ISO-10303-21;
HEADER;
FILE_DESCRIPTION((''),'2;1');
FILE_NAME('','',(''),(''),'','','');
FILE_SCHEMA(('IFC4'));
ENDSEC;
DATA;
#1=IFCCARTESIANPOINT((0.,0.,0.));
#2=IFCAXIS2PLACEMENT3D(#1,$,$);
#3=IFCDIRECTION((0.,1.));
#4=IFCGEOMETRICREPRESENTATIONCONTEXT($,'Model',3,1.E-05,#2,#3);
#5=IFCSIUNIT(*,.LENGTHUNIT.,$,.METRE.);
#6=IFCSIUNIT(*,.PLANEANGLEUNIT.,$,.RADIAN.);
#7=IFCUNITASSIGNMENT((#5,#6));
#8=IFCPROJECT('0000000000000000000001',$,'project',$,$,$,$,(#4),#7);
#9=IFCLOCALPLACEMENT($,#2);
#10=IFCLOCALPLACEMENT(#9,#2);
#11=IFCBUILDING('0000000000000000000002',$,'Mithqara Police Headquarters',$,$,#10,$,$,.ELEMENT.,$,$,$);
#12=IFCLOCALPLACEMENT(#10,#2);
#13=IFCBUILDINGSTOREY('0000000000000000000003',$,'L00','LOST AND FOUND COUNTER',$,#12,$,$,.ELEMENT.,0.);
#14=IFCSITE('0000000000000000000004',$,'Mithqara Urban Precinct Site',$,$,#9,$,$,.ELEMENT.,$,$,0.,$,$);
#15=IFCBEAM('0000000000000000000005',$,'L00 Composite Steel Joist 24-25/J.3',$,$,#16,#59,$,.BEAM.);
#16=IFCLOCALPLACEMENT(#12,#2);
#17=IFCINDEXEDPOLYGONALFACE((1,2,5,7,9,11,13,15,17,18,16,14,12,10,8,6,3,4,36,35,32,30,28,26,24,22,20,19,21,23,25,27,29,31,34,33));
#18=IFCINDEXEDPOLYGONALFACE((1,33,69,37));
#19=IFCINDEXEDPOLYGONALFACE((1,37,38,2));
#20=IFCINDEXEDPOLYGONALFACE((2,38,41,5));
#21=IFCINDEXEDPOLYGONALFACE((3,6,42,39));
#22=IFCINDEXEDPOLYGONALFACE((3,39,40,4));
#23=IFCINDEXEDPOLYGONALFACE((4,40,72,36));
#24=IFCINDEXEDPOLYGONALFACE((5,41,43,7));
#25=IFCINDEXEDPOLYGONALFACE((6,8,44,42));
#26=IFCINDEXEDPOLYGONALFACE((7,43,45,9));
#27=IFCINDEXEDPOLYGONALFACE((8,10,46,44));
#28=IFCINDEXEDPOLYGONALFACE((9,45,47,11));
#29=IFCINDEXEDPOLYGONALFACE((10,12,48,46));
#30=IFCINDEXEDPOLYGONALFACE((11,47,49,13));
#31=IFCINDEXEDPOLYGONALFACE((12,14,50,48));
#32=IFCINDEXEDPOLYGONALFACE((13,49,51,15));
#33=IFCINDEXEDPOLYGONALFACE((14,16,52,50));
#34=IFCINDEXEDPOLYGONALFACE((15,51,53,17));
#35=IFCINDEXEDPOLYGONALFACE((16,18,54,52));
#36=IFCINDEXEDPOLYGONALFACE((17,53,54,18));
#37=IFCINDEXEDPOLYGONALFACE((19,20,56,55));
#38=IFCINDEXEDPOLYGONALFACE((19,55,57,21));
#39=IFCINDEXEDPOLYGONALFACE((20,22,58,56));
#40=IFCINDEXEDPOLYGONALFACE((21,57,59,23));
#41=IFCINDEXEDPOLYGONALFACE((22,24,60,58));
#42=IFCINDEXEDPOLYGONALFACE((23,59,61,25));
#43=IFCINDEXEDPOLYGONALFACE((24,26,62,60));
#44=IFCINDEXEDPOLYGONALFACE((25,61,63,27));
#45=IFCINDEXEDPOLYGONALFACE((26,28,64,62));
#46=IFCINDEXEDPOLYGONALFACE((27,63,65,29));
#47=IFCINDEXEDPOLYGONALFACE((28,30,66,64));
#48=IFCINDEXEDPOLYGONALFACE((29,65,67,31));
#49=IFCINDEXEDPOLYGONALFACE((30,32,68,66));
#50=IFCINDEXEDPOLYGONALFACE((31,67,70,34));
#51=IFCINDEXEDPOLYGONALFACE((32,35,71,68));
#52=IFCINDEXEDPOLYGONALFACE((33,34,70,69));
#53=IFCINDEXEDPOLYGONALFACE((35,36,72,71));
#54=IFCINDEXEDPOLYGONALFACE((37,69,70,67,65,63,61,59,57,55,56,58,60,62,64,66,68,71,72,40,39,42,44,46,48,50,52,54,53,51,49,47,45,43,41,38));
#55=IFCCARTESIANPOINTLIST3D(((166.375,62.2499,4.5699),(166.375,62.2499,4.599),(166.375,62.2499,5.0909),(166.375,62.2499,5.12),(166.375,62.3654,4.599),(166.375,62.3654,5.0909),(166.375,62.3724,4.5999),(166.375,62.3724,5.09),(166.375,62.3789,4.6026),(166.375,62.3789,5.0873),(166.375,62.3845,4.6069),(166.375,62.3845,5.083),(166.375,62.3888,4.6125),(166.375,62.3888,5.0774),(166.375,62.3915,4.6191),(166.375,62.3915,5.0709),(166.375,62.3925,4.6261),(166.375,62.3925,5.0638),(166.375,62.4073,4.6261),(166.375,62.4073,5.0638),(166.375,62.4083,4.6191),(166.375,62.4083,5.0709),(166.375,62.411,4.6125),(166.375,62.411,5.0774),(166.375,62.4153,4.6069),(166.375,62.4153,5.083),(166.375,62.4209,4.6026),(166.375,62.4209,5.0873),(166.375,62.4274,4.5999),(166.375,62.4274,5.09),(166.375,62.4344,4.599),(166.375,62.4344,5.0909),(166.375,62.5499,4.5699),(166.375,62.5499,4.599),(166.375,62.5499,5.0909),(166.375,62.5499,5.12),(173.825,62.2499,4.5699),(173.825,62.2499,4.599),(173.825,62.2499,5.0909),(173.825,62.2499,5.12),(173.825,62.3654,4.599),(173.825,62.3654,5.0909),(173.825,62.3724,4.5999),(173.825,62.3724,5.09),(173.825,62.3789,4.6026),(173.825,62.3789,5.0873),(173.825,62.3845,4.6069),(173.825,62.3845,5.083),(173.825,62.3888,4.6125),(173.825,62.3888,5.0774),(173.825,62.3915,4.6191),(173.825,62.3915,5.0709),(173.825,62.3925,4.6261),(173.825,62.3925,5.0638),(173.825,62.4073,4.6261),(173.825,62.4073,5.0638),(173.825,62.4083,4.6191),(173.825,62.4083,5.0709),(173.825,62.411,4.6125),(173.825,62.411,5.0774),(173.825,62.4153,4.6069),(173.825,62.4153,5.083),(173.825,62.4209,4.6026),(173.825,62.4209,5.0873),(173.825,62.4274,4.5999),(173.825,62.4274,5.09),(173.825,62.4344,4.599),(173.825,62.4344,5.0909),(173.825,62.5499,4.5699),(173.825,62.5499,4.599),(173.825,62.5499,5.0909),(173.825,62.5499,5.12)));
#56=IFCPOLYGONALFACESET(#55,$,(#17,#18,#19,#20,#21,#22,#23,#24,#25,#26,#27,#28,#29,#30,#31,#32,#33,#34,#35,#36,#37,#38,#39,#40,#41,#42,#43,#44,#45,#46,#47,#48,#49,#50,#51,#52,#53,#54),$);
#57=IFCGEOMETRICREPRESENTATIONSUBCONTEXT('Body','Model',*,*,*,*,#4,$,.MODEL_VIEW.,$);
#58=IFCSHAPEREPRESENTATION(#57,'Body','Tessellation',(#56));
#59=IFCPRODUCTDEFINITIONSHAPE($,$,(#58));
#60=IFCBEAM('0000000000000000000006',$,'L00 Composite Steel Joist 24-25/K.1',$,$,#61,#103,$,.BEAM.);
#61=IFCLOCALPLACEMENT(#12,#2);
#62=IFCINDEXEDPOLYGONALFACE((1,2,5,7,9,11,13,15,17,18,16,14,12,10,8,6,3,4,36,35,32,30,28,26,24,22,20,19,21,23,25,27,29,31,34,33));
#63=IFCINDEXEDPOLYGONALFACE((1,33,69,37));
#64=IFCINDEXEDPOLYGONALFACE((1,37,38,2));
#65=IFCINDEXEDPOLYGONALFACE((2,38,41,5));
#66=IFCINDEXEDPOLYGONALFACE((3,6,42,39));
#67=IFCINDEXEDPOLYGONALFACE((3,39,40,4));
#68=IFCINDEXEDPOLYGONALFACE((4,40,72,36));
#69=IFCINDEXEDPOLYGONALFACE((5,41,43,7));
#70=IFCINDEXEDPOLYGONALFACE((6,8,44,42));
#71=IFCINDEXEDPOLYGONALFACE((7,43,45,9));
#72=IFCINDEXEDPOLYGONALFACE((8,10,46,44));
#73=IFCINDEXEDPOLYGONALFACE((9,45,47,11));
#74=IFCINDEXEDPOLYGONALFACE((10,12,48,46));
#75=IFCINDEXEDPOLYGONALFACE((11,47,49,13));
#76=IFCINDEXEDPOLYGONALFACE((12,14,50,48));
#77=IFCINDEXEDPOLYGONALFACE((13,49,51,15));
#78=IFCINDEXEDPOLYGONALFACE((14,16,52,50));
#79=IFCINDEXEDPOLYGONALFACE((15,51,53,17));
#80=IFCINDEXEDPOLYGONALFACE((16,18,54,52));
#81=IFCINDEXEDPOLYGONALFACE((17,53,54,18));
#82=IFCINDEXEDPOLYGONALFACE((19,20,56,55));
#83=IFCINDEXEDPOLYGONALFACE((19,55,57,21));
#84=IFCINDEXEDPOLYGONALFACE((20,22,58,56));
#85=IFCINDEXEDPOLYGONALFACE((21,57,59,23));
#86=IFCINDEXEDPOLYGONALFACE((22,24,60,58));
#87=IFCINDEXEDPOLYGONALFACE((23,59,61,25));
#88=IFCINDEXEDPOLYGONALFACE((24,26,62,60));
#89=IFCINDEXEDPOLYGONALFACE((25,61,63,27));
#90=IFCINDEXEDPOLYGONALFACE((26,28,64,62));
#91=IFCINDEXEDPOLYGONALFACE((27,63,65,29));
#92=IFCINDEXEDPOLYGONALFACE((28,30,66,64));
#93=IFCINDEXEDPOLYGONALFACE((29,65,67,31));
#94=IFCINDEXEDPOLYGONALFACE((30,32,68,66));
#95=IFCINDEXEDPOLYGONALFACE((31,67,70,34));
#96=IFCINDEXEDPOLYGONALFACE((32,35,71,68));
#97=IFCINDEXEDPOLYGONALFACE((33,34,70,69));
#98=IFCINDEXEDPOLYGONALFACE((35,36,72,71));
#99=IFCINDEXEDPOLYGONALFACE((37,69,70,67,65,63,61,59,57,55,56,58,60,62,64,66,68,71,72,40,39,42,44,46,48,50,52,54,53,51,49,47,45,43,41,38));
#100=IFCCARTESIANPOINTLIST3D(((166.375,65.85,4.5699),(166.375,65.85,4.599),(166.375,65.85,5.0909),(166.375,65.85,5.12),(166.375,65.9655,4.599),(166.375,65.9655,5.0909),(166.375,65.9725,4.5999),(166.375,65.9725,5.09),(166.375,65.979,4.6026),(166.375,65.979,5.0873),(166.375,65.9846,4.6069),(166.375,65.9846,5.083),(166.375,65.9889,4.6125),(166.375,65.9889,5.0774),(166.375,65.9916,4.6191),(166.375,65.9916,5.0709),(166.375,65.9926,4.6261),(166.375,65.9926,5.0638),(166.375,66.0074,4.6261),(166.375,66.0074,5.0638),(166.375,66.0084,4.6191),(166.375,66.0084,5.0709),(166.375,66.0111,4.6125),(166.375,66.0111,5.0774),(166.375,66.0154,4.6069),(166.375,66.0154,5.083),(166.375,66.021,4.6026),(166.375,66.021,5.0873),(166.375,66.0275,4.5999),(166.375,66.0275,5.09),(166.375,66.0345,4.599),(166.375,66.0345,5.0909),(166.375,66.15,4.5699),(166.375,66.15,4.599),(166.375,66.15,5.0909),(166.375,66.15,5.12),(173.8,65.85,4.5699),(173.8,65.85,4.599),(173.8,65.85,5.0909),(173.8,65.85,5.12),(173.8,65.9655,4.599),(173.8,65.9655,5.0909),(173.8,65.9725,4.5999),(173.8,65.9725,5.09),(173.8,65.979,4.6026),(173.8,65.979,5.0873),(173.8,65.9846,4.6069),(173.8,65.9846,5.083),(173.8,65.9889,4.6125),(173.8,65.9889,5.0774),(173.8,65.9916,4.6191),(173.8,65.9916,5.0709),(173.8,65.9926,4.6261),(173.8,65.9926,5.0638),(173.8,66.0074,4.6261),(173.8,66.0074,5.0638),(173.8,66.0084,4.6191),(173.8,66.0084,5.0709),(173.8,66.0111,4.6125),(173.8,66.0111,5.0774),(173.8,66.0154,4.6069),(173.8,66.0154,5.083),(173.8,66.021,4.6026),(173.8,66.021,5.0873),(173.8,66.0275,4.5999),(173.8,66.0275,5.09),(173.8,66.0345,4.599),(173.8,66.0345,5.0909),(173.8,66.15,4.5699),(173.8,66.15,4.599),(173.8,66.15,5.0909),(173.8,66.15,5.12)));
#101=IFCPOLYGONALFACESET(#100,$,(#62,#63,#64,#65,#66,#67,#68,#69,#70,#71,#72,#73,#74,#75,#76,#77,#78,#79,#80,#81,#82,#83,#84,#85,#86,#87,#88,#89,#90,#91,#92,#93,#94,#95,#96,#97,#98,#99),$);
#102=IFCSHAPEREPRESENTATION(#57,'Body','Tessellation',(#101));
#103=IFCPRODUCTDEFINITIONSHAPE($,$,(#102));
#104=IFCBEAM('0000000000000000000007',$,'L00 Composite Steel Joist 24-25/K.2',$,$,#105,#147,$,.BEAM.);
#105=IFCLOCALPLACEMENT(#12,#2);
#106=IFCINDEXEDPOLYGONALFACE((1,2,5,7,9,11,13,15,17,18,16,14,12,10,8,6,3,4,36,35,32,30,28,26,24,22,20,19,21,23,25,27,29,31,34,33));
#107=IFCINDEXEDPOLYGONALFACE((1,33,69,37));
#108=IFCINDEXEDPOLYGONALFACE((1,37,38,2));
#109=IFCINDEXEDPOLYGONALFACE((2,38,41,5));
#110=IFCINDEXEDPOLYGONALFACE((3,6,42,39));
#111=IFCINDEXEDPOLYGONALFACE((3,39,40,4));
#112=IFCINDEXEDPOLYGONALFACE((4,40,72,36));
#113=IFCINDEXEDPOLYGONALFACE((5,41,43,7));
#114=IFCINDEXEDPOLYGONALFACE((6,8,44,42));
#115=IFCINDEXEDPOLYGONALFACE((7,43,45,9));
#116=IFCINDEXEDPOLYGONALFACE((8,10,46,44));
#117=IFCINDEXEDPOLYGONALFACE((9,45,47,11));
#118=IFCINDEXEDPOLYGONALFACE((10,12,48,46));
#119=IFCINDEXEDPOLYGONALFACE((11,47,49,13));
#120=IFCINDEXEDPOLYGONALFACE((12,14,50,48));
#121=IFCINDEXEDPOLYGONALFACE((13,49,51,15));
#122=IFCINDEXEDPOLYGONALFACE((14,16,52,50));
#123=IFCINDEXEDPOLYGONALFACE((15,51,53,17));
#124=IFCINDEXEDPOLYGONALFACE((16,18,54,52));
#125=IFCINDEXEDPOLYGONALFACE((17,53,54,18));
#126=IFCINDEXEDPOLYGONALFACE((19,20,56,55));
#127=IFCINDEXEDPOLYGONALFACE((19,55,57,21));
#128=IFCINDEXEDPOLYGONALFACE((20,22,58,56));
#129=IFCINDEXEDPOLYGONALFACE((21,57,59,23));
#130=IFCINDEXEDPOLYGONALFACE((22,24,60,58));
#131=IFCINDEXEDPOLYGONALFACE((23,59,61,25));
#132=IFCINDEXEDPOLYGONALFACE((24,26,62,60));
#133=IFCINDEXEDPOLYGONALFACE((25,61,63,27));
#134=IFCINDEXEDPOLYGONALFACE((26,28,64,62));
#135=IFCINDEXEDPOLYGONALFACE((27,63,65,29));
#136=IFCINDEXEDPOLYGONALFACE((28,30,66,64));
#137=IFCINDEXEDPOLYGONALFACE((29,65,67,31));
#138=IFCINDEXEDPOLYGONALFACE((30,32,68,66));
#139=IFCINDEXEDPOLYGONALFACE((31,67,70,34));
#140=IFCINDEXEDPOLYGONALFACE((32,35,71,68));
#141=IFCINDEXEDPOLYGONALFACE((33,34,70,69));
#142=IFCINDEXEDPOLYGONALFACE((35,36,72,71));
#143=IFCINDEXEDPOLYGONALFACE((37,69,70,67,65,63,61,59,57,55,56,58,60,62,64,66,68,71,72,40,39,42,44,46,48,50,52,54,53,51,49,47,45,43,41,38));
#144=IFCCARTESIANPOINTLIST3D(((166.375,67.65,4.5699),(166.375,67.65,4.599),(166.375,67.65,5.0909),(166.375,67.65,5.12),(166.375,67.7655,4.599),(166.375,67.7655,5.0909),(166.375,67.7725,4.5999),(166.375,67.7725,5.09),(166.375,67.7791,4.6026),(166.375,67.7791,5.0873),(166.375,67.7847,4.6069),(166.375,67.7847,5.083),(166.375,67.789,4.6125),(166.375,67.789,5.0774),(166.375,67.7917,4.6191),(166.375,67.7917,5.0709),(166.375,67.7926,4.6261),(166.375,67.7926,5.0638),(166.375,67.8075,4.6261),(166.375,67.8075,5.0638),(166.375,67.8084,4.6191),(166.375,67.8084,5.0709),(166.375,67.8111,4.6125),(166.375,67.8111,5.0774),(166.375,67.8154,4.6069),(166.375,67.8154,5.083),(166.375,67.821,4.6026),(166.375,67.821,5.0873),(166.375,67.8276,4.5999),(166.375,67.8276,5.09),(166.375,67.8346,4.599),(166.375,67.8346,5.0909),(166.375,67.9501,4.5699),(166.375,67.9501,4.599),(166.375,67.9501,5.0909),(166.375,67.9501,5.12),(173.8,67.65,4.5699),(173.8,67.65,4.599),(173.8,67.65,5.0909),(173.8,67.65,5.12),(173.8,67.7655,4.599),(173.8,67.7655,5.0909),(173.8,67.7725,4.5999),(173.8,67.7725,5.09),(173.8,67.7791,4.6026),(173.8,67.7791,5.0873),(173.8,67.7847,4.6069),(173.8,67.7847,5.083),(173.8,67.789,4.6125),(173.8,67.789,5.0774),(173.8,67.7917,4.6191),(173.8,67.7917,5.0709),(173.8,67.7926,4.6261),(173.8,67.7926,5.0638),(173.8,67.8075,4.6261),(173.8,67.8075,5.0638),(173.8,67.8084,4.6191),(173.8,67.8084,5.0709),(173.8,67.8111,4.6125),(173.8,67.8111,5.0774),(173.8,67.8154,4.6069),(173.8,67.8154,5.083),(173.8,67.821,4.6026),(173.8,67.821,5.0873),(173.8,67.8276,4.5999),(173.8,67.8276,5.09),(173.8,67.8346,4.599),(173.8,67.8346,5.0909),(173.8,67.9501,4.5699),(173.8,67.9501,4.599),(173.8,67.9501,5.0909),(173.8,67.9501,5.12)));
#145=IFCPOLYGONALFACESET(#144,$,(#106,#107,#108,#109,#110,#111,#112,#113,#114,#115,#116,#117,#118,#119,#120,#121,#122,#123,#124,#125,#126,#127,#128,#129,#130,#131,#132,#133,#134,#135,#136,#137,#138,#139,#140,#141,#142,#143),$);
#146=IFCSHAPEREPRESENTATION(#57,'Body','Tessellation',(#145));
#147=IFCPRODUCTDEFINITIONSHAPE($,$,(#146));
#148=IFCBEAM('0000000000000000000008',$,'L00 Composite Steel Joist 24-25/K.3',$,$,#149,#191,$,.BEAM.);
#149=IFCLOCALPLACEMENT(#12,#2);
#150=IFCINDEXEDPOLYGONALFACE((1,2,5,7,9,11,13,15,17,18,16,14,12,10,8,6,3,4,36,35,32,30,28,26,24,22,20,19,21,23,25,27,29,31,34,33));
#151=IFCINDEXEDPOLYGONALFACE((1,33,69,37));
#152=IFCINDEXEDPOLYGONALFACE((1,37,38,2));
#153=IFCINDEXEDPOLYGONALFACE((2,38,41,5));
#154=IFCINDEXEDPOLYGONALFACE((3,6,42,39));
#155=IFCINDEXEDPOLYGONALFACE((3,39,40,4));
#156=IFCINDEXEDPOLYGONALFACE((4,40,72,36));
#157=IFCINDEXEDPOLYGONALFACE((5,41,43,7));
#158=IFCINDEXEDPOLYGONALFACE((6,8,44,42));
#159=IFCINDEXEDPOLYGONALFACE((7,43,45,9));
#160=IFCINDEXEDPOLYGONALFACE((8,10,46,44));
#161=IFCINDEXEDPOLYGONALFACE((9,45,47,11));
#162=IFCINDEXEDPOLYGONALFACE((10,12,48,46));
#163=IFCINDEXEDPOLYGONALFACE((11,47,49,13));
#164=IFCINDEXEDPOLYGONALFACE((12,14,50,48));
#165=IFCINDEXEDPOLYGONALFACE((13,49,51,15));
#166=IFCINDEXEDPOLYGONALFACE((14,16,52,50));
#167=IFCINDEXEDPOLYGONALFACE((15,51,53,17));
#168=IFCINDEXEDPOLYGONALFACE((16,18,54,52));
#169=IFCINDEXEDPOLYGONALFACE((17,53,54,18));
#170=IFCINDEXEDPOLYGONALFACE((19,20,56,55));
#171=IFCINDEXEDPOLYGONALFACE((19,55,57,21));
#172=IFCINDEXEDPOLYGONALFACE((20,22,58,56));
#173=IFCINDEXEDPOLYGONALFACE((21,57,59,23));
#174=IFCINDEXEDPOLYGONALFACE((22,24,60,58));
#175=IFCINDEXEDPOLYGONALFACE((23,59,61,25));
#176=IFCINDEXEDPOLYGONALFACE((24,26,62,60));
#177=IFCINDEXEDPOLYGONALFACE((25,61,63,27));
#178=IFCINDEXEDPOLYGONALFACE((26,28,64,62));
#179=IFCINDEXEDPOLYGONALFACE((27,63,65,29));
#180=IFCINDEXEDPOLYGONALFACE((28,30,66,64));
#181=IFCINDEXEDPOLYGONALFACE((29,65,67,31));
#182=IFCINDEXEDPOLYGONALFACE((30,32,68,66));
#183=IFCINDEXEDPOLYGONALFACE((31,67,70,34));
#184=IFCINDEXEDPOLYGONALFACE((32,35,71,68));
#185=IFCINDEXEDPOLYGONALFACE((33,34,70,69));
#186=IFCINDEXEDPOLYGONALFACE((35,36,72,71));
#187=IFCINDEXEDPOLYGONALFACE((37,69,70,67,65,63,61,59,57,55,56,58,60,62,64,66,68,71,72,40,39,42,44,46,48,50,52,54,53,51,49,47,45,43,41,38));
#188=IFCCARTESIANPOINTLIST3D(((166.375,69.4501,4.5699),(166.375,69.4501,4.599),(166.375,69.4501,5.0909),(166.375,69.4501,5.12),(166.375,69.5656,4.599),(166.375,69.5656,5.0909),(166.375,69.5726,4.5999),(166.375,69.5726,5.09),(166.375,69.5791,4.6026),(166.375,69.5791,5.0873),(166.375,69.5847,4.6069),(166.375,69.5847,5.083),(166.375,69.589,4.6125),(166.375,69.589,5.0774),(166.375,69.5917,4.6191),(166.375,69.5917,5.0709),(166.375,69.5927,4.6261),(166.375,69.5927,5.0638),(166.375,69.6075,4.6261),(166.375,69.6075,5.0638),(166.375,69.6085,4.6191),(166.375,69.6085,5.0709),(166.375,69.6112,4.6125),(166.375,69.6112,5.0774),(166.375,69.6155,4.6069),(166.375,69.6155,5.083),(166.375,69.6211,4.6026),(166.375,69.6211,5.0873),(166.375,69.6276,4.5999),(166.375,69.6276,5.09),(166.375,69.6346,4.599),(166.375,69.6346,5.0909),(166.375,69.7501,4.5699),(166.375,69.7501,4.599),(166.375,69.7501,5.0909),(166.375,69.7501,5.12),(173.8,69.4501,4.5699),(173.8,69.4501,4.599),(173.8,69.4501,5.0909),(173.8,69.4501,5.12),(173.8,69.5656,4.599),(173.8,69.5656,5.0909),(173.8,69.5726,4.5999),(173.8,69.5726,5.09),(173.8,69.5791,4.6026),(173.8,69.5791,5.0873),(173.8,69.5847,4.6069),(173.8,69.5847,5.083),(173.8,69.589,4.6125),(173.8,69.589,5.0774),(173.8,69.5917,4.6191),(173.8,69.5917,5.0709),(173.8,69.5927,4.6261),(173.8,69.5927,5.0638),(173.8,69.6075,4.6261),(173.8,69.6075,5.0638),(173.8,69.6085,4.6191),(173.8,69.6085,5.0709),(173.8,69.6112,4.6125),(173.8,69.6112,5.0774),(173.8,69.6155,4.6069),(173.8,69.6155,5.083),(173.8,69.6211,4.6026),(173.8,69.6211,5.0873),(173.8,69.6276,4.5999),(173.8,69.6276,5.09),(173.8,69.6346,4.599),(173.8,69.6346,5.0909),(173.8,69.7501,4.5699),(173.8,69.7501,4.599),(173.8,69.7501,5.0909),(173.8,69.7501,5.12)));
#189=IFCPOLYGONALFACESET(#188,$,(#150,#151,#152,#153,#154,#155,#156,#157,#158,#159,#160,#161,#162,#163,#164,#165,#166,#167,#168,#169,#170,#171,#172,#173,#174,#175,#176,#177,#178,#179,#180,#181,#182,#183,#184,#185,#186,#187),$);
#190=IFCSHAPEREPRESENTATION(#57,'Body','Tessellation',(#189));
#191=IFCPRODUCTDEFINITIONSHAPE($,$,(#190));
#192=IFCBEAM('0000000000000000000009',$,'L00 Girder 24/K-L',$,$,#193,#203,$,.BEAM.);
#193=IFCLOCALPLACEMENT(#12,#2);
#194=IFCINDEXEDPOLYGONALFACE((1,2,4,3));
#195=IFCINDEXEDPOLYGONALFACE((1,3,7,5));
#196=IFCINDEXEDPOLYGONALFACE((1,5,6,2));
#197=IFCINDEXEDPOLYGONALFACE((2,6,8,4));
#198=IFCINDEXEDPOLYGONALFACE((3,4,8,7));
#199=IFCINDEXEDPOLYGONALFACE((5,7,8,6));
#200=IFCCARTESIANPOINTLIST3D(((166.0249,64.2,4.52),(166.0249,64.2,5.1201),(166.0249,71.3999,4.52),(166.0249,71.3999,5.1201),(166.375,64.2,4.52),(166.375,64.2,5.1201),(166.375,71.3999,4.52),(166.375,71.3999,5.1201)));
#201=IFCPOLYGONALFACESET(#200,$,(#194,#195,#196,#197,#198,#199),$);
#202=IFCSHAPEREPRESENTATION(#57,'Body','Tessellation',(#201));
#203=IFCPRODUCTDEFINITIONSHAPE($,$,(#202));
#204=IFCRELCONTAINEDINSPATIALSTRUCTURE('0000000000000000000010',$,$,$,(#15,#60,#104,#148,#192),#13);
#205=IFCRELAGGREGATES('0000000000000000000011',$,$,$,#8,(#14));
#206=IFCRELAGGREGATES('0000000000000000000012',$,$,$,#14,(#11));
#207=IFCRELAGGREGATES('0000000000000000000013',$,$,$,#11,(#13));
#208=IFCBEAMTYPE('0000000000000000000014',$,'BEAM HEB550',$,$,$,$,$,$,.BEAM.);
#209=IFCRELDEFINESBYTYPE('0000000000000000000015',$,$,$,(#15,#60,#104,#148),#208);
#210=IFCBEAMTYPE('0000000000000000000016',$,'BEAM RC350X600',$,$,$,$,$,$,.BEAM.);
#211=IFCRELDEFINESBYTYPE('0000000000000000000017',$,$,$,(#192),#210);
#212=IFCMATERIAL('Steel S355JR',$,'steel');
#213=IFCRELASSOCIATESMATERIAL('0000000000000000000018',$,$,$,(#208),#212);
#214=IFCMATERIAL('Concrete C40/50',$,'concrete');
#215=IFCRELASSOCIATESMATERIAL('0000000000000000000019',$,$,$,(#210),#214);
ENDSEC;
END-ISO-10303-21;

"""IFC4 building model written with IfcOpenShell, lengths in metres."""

from ifc_helpers import new_model, si_unit, direction, frame, origin, origin_2d, place, context, subcontext, project, spatial, rectangle, i_section, extrude, material, material_profile, profile_set, type_object, element, save


model = new_model("IFC4")

# Units and contexts
model_context = context("Model", 3, precision=1e-05, world=origin(), true_north=direction((0.0, 1.0)))
body_context = subcontext(model_context, "Body", "Model", "MODEL_VIEW")
ifc_project = project(units=[si_unit("LENGTHUNIT", "METRE"), si_unit("PLANEANGLEUNIT", "RADIAN")], contexts=[model_context])

# Site, building, storey
site_placement = place(None, origin())
site = spatial("IfcSite", under=ifc_project, at=site_placement, Name="Mithqara Urban Precinct Site", CompositionType="ELEMENT", RefElevation=0.0)
building_placement = place(site_placement, origin())
building = spatial("IfcBuilding", under=site, at=building_placement, Name="Mithqara Police Headquarters", CompositionType="ELEMENT")
storey_placement = place(building_placement, origin())
storey = spatial("IfcBuildingStorey", under=building, at=storey_placement, Name="L00", Description="LOST AND FOUND COUNTER", CompositionType="ELEMENT", Elevation=0.0)

# Shared definitions
ifc_material_1 = material(Name="Concrete C40/50", Category="concrete")

# Beams
ifc_material_2 = material(Name="Steel S355JR", Category="steel")
ifc_material_profile_1 = material_profile(ifc_material_2, i_section(OverallWidth=0.3, OverallDepth=0.55, WebThickness=0.0149, FlangeThickness=0.0291, FilletRadius=0.0271, at=origin_2d()), Name="HEB 550")
ifc_profile_set_1 = profile_set([ifc_material_profile_1], Name="Steel S355JR")
beam_type_1 = type_object("IfcBeamType", Name="BEAM HEB550", PredefinedType="BEAM", material=ifc_profile_set_1)
for number, where, z_axis, x_axis, name in (
    (1, (166.375, 62.3999, 4.845), (1.0, 0.0, 0.0), (0.0, 1.0, 0.0), "L00 Composite Steel Joist 24-25/J.3"),
):
    element("IfcBeam", number, at=place(storey_placement, frame(where, z_axis=z_axis, x_axis=x_axis)), inside=storey, type_object=beam_type_1, Name=name, PredefinedType="BEAM", context=body_context, shape_type="SweptSolid", body=[
        extrude(i_section(OverallWidth=0.3, OverallDepth=0.55, WebThickness=0.0149, FlangeThickness=0.0291, FilletRadius=0.0271, at=origin_2d()), origin(), (0.0, 0.0, 1.0), 7.45),
    ])
for number, where, z_axis, x_axis, name in (
    (2, (166.375, 66.0, 4.845), (1.0, 0.0, 0.0), (0.0, 1.0, 0.0), "L00 Composite Steel Joist 24-25/K.1"),
    (3, (166.375, 67.8, 4.845), (1.0, 0.0, 0.0), (0.0, 1.0, 0.0), "L00 Composite Steel Joist 24-25/K.2"),
    (4, (166.375, 69.6001, 4.845), (1.0, 0.0, 0.0), (0.0, 1.0, 0.0), "L00 Composite Steel Joist 24-25/K.3"),
):
    element("IfcBeam", number, at=place(storey_placement, frame(where, z_axis=z_axis, x_axis=x_axis)), inside=storey, type_object=beam_type_1, Name=name, PredefinedType="BEAM", context=body_context, shape_type="SweptSolid", body=[
        extrude(i_section(OverallWidth=0.3, OverallDepth=0.55, WebThickness=0.0149, FlangeThickness=0.0291, FilletRadius=0.0271, at=origin_2d()), origin(), (0.0, 0.0, 1.0), 7.425),
    ])
ifc_material_profile_2 = material_profile(ifc_material_1, rectangle(XDim=0.3501, YDim=0.6001, at=origin_2d()), Name="RC 350x600")
ifc_profile_set_2 = profile_set([ifc_material_profile_2], Name="Concrete C40/50")
beam_type_2 = type_object("IfcBeamType", Name="BEAM RC350X600", PredefinedType="BEAM", material=ifc_profile_set_2)
beam_1_placement = place(storey_placement, frame((166.2, 64.2, 4.8201), z_axis=(0.0, 1.0, 0.0), x_axis=(-1.0, 0.0, 0.0)))
element("IfcBeam", 5, at=beam_1_placement, inside=storey, type_object=beam_type_2, Name="L00 Girder 24/K-L", PredefinedType="BEAM", context=body_context, shape_type="SweptSolid", body=[
    extrude(rectangle(XDim=0.3501, YDim=0.6001, at=origin_2d()), origin(), (0.0, 0.0, 1.0), 7.2),
])

save(model, "model.ifc")
